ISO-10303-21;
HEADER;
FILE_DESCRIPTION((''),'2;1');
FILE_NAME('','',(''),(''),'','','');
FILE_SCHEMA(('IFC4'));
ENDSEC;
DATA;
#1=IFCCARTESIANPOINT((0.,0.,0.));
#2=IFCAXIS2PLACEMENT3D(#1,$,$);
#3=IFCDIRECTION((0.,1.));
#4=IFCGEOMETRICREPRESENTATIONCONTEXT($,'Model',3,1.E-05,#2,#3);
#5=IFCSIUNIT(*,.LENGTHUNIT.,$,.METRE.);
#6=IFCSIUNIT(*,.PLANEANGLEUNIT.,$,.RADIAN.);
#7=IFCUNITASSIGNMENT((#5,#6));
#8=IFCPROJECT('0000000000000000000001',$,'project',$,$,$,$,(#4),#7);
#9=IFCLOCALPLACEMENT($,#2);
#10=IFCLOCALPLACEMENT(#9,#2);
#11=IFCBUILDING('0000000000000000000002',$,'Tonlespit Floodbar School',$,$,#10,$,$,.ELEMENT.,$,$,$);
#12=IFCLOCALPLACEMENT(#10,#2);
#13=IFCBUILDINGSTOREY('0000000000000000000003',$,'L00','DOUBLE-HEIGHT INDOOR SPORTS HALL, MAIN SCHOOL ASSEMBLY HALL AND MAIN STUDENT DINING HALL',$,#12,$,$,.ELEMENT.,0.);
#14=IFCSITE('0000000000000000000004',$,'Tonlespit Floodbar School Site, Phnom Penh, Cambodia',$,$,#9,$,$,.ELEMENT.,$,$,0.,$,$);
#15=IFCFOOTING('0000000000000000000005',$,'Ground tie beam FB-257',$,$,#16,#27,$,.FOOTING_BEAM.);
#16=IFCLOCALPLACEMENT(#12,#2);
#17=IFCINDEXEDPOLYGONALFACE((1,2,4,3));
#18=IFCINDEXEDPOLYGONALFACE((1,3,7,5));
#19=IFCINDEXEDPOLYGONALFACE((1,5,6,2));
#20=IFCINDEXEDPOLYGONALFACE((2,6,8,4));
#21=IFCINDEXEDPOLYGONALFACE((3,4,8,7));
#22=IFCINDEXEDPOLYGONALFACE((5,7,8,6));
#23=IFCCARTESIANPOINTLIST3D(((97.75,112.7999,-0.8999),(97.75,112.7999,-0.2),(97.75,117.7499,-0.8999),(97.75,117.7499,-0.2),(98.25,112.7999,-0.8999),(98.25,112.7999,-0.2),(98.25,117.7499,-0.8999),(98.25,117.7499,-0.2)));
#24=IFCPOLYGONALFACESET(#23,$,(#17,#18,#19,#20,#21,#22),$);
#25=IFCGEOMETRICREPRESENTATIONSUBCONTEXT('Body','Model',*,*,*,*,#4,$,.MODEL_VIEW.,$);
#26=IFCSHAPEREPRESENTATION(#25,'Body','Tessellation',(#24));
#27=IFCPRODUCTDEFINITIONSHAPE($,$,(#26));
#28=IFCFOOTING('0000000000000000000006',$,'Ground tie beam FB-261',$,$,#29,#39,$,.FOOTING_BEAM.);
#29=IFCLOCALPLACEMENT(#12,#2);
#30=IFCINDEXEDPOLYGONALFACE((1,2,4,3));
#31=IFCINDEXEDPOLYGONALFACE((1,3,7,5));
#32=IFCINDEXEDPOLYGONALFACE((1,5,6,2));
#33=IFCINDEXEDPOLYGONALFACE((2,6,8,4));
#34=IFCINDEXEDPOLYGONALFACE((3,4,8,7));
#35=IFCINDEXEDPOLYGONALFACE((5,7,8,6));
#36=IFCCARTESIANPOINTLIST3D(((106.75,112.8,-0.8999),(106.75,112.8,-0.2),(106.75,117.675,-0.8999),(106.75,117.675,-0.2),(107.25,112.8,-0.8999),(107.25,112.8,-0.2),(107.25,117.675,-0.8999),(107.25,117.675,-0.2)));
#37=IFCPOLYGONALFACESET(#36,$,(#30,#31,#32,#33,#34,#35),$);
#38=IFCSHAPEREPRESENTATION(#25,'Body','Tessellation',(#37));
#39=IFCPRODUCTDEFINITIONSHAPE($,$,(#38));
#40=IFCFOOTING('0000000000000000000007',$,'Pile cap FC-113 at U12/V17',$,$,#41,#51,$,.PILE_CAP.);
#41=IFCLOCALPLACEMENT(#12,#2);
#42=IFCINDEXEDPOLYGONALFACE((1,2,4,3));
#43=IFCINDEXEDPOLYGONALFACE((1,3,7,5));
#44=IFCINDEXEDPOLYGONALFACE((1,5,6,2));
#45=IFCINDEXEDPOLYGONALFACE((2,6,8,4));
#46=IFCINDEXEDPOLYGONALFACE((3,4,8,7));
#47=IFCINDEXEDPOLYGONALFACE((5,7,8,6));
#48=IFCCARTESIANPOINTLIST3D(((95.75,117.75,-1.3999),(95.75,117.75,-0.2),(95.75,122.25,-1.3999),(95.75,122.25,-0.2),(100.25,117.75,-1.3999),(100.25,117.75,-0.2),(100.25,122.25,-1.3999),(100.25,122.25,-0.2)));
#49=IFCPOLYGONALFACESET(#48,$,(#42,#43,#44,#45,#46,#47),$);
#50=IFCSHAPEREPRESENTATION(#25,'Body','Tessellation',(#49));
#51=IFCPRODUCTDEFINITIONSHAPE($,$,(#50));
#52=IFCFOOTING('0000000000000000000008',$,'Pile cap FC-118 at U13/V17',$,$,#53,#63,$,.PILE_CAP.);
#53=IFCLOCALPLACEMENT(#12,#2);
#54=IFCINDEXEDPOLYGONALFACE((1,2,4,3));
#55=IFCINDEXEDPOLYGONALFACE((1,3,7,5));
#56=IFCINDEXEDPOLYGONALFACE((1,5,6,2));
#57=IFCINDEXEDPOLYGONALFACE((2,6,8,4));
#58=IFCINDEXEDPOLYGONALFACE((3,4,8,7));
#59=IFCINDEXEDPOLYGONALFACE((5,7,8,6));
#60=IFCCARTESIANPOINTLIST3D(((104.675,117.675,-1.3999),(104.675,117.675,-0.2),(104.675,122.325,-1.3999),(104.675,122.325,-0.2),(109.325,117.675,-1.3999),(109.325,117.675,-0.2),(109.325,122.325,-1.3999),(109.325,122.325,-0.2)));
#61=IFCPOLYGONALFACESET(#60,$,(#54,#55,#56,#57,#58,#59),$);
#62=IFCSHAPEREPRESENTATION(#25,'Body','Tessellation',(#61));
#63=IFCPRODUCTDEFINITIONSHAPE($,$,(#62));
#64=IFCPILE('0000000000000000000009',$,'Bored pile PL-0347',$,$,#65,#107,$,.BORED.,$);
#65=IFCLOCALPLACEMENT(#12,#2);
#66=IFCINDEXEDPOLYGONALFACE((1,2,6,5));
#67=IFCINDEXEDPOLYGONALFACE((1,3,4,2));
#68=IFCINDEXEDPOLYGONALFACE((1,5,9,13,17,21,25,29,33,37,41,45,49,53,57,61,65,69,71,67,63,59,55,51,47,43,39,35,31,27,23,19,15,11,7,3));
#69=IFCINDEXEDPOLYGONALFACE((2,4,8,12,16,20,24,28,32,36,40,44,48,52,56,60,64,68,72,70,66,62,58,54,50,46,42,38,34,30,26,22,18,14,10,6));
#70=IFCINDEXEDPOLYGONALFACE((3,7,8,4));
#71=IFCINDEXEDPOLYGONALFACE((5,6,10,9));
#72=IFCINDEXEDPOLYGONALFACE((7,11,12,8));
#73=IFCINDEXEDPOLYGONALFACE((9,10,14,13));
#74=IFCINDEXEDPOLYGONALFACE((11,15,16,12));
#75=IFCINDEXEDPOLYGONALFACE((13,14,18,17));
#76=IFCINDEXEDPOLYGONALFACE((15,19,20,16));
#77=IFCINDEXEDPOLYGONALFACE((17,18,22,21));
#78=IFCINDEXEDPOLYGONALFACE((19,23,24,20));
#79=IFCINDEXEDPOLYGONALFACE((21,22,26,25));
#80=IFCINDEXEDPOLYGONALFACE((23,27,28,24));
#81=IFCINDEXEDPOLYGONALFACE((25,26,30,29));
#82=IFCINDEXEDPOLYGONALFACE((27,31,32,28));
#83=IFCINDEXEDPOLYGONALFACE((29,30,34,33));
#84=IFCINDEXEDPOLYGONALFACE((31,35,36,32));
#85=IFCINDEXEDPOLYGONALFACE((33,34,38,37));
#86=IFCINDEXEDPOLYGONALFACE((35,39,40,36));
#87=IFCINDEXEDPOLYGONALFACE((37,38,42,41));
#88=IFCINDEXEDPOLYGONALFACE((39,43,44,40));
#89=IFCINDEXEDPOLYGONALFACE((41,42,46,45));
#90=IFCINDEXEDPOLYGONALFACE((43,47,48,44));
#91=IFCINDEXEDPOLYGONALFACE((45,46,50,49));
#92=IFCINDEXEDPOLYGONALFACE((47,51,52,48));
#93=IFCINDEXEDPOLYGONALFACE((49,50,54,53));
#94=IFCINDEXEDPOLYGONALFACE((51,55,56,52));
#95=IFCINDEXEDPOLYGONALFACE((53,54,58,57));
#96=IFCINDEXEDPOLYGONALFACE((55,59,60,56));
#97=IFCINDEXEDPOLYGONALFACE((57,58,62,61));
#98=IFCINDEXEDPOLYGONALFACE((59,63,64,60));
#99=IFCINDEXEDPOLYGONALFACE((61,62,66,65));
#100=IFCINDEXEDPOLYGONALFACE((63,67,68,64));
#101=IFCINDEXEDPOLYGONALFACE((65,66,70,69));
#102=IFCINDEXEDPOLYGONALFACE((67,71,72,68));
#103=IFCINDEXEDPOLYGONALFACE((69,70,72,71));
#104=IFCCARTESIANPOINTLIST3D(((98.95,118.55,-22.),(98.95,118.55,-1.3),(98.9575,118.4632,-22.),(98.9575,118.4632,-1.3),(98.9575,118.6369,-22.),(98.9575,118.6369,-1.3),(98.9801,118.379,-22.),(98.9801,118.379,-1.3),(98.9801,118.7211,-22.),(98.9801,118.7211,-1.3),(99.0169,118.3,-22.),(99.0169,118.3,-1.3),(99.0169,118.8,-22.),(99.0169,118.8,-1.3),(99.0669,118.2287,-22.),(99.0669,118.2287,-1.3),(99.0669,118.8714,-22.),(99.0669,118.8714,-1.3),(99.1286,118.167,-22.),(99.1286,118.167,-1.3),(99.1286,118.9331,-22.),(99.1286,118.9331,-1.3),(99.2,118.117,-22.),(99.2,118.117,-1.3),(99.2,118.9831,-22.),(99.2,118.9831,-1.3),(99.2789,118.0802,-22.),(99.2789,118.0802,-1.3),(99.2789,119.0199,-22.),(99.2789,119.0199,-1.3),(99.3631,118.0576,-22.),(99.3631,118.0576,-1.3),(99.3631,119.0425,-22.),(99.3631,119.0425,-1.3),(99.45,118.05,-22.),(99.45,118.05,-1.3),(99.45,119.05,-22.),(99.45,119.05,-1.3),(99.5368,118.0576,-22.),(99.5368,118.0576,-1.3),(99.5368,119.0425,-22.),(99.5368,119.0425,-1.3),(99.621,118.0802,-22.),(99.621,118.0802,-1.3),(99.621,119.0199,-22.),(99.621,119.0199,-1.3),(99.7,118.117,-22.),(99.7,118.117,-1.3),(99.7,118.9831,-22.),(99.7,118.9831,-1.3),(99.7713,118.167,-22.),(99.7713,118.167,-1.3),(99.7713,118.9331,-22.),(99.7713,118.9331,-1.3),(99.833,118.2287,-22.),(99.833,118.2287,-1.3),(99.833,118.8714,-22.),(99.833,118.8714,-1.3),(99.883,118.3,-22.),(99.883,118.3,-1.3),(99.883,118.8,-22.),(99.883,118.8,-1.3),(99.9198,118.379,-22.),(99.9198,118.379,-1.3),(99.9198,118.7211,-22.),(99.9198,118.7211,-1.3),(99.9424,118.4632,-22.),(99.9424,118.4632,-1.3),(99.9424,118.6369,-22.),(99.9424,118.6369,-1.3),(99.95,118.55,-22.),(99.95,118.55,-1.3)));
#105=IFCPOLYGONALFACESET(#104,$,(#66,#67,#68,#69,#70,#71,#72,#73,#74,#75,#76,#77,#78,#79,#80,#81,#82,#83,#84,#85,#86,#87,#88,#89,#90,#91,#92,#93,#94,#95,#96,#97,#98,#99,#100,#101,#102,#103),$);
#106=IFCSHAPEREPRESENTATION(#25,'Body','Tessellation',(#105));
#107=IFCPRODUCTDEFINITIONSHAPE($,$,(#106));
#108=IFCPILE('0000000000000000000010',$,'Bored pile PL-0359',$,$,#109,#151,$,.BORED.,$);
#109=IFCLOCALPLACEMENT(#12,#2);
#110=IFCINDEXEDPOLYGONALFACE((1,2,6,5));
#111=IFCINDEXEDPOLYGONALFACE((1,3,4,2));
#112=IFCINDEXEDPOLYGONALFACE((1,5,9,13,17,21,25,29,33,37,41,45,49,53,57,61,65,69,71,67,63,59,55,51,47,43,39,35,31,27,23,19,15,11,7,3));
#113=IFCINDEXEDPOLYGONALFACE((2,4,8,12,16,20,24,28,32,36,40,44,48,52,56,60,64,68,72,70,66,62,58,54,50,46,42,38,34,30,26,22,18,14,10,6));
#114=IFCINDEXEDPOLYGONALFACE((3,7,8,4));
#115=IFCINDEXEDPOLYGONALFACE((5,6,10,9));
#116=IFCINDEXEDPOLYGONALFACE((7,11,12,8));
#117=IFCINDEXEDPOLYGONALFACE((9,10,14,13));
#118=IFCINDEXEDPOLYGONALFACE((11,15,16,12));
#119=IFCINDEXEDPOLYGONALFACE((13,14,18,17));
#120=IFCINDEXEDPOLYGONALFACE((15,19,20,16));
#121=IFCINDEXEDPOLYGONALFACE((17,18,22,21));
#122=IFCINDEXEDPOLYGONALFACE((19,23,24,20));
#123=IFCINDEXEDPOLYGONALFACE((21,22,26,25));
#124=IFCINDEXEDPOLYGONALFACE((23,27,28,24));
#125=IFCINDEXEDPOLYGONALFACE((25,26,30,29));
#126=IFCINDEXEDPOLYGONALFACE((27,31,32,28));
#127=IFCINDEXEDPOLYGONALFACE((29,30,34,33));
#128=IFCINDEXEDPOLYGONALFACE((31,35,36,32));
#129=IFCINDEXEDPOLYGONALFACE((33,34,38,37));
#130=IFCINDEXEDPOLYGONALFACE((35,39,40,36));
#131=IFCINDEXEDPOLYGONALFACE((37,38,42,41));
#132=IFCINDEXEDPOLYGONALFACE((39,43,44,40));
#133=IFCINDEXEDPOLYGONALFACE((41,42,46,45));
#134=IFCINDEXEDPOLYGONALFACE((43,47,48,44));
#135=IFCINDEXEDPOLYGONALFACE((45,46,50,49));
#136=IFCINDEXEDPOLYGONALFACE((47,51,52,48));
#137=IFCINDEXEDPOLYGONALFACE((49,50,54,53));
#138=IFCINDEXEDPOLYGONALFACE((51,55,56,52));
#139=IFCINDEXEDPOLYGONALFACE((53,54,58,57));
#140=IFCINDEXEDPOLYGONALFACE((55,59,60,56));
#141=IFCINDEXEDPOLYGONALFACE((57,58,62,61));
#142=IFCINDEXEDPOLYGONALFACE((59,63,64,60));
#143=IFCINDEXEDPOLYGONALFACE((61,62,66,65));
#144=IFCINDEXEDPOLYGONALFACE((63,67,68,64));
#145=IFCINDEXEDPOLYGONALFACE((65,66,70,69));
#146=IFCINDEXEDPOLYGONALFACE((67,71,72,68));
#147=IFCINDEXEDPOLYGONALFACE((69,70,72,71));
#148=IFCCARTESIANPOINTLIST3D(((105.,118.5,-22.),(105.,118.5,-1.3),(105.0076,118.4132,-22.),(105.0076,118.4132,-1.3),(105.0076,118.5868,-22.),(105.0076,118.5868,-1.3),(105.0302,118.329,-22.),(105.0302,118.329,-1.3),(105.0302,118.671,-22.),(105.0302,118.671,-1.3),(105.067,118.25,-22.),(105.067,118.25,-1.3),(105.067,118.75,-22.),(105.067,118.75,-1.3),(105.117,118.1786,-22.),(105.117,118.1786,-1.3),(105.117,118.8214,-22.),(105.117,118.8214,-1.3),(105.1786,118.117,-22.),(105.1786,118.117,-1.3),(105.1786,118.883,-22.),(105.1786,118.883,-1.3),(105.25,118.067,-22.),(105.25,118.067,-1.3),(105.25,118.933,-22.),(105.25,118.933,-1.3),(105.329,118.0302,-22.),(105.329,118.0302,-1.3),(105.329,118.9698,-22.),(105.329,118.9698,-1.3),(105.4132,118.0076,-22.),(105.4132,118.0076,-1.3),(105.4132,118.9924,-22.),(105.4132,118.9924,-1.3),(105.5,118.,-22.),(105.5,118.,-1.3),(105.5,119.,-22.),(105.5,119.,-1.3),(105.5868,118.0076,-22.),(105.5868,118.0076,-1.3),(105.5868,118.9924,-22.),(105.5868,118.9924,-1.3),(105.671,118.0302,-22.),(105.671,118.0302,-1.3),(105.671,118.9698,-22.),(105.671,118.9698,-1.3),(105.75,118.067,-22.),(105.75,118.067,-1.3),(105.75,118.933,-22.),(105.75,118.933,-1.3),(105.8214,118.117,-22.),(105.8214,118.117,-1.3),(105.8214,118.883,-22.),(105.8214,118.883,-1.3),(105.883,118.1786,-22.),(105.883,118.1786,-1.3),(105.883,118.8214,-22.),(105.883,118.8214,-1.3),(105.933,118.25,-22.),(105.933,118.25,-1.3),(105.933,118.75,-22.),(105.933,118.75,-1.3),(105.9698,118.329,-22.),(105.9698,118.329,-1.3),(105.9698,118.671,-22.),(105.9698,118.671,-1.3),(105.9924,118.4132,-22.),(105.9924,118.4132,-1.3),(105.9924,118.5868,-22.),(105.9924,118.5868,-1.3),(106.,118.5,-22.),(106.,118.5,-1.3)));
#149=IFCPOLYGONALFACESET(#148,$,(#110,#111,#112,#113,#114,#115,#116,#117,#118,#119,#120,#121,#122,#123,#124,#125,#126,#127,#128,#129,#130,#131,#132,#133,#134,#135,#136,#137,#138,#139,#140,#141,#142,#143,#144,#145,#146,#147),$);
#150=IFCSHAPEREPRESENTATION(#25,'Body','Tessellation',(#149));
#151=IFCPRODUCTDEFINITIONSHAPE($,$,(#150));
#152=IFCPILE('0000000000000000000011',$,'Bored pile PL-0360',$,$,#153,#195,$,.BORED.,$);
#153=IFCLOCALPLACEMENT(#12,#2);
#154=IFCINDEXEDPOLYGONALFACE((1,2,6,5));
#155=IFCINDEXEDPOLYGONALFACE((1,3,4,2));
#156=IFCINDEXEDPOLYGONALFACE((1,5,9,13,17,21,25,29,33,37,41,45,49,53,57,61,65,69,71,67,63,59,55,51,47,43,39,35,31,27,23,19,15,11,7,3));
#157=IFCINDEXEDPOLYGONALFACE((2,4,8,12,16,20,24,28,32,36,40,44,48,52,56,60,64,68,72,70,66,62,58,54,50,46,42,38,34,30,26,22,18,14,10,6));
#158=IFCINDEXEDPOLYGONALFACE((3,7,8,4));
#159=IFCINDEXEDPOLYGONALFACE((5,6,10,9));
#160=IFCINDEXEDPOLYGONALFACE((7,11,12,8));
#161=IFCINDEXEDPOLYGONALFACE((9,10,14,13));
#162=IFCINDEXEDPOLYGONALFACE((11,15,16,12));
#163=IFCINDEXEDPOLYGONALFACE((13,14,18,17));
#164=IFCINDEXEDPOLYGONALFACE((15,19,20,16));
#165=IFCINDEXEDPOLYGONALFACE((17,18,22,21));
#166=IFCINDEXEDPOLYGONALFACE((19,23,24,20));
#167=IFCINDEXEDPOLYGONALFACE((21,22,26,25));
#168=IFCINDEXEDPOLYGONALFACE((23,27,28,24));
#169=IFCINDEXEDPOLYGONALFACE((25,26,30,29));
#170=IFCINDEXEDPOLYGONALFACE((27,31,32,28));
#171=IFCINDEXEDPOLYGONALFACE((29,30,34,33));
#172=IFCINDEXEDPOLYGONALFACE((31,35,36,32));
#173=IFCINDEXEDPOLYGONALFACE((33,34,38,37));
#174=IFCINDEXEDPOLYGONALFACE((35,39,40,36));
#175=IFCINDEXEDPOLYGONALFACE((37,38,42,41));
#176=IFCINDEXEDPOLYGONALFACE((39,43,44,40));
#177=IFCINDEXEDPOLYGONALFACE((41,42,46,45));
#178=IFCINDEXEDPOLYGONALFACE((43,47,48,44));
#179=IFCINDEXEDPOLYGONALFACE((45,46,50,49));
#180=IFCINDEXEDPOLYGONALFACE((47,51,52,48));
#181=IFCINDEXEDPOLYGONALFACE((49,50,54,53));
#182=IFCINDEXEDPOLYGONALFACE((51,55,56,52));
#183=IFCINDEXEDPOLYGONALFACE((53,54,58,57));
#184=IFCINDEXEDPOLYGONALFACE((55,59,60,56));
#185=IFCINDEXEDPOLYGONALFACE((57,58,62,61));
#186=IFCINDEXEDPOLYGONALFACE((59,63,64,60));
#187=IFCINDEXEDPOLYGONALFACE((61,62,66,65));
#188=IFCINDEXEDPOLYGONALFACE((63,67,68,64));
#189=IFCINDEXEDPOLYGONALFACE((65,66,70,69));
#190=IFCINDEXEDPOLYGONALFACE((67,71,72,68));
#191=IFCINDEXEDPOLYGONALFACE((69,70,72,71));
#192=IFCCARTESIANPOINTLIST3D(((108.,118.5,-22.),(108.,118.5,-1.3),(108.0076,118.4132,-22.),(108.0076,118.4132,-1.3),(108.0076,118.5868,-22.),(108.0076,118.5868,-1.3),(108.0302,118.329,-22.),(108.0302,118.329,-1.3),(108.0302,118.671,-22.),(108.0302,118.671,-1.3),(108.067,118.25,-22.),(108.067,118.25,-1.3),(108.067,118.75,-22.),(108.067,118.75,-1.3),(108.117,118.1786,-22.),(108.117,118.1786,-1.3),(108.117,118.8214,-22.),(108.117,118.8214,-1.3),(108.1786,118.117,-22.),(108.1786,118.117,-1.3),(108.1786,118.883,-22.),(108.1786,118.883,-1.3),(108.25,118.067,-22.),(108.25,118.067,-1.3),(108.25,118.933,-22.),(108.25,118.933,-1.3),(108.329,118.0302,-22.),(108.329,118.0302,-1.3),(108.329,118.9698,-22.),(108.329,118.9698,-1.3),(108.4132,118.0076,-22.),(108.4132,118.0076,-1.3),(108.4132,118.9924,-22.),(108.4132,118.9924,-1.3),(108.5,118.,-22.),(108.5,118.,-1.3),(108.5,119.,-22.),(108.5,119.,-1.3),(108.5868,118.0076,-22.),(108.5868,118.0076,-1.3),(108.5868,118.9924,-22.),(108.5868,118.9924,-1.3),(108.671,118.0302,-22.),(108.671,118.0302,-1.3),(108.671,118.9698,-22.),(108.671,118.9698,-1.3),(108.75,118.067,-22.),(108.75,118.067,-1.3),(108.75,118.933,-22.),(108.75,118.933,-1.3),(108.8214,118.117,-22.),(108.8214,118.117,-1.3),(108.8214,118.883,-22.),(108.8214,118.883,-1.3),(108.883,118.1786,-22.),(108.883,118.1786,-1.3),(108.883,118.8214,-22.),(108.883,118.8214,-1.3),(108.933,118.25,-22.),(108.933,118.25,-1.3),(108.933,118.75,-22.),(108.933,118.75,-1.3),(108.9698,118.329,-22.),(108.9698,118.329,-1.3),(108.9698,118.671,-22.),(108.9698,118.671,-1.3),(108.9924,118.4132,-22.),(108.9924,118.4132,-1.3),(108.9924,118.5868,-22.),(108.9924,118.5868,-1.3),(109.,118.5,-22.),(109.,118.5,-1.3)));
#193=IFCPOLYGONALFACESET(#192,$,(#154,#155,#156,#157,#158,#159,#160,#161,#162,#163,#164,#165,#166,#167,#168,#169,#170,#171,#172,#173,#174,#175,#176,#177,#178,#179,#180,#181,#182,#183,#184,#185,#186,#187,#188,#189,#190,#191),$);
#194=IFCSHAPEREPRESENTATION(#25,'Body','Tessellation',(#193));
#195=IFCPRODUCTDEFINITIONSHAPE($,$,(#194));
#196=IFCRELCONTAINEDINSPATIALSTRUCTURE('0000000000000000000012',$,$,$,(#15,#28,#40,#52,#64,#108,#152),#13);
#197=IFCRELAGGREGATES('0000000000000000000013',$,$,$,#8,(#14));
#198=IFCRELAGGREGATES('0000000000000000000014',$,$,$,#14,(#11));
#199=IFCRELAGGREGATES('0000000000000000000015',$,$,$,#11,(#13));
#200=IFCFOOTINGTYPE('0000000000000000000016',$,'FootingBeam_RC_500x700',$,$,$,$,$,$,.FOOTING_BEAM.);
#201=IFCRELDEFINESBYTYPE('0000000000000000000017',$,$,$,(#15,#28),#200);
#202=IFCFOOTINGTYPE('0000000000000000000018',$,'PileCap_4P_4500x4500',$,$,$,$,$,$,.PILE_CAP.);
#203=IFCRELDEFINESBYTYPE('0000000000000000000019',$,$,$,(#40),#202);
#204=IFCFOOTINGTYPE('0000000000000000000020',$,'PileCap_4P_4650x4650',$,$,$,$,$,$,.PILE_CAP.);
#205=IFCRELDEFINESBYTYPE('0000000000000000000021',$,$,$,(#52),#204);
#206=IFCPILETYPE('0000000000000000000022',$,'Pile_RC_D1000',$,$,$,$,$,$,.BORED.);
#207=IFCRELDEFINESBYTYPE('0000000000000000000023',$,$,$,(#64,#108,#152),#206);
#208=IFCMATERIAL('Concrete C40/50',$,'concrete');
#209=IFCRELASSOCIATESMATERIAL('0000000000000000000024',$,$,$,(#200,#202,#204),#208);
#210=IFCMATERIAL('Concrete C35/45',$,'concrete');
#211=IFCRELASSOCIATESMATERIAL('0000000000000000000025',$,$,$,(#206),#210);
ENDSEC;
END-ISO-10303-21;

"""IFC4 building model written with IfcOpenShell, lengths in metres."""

from ifc_helpers import new_model, si_unit, direction, frame, origin, origin_2d, place, context, subcontext, project, spatial, rectangle, circle, extrude, material, material_profile, profile_set, type_object, element, save


model = new_model("IFC4")

# Units and contexts
model_context = context("Model", 3, precision=1e-05, world=origin(), true_north=direction((0.0, 1.0)))
body_context = subcontext(model_context, "Body", "Model", "MODEL_VIEW")
ifc_project = project(units=[si_unit("LENGTHUNIT", "METRE"), si_unit("PLANEANGLEUNIT", "RADIAN")], contexts=[model_context])

# Site, building, storey
site_placement = place(None, origin())
site = spatial("IfcSite", under=ifc_project, at=site_placement, Name="Tonlespit Floodbar School Site, Phnom Penh, Cambodia", CompositionType="ELEMENT", RefElevation=0.0)
building_placement = place(site_placement, origin())
building = spatial("IfcBuilding", under=site, at=building_placement, Name="Tonlespit Floodbar School", CompositionType="ELEMENT")
storey_placement = place(building_placement, origin())
storey = spatial("IfcBuildingStorey", under=building, at=storey_placement, Name="L00", Description="DOUBLE-HEIGHT INDOOR SPORTS HALL, MAIN SCHOOL ASSEMBLY HALL AND MAIN STUDENT DINING HALL", CompositionType="ELEMENT", Elevation=0.0)

# Footings
ifc_material_1 = material(Name="Concrete C40/50", Category="concrete")
footing_type_1 = type_object("IfcFootingType", Name="FootingBeam_RC_500x700", PredefinedType="FOOTING_BEAM", material=ifc_material_1)
footing_1_placement = place(storey_placement, frame((98.0, 115.2749, -0.8999), z_axis=(0.0, 0.0, 1.0), x_axis=(0.0, 1.0, 0.0)))
element("IfcFooting", 1, at=footing_1_placement, inside=storey, type_object=footing_type_1, Name="Ground tie beam FB-257", PredefinedType="FOOTING_BEAM", context=body_context, shape_type="SweptSolid", body=[
    extrude(rectangle(XDim=4.95, YDim=0.5, at=origin_2d()), origin(), (0.0, 0.0, 1.0), 0.7),
])
footing_2_placement = place(storey_placement, frame((107.0, 115.2375, -0.8999), z_axis=(0.0, 0.0, 1.0), x_axis=(0.0, 1.0, 0.0)))
element("IfcFooting", 2, at=footing_2_placement, inside=storey, type_object=footing_type_1, Name="Ground tie beam FB-261", PredefinedType="FOOTING_BEAM", context=body_context, shape_type="SweptSolid", body=[
    extrude(rectangle(XDim=4.875, YDim=0.5, at=origin_2d()), origin(), (0.0, 0.0, 1.0), 0.7),
])
footing_type_2 = type_object("IfcFootingType", Name="PileCap_4P_4500x4500", PredefinedType="PILE_CAP", material=ifc_material_1)
footing_3_placement = place(storey_placement, frame((98.0, 120.0, -1.3999), z_axis=(0.0, 0.0, 1.0), x_axis=(1.0, 0.0, 0.0)))
element("IfcFooting", 3, at=footing_3_placement, inside=storey, type_object=footing_type_2, Name="Pile cap FC-113 at U12/V17", PredefinedType="PILE_CAP", context=body_context, shape_type="SweptSolid", body=[
    extrude(rectangle(XDim=4.5, YDim=4.5, at=origin_2d()), origin(), (0.0, 0.0, 1.0), 1.2),
])
footing_type_3 = type_object("IfcFootingType", Name="PileCap_4P_4650x4650", PredefinedType="PILE_CAP", material=ifc_material_1)
footing_4_placement = place(storey_placement, frame((107.0, 120.0, -1.3999), z_axis=(0.0, 0.0, 1.0), x_axis=(1.0, 0.0, 0.0)))
element("IfcFooting", 4, at=footing_4_placement, inside=storey, type_object=footing_type_3, Name="Pile cap FC-118 at U13/V17", PredefinedType="PILE_CAP", context=body_context, shape_type="SweptSolid", body=[
    extrude(rectangle(XDim=4.6499, YDim=4.6499, at=origin_2d()), origin(), (0.0, 0.0, 1.0), 1.2),
])

# Piles
ifc_material_2 = material(Name="Concrete C35/45", Category="concrete")
ifc_material_profile_1 = material_profile(ifc_material_2, circle(Radius=0.5, at=origin_2d()), Name="BP D1000")
ifc_profile_set_1 = profile_set([ifc_material_profile_1], Name="Concrete C35/45")
pile_type = type_object("IfcPileType", Name="Pile_RC_D1000", PredefinedType="BORED", material=ifc_profile_set_1)
for number, where, z_axis, x_axis, name in (
    (5, (99.45, 118.55, -1.3), (0.0, 0.0, -1.0), (1.0, 0.0, 0.0), "Bored pile PL-0347"),
    (6, (105.5, 118.5, -1.3), (0.0, 0.0, -1.0), (1.0, 0.0, 0.0), "Bored pile PL-0359"),
    (7, (108.5, 118.5, -1.3), (0.0, 0.0, -1.0), (1.0, 0.0, 0.0), "Bored pile PL-0360"),
):
    element("IfcPile", number, at=place(storey_placement, frame(where, z_axis=z_axis, x_axis=x_axis)), inside=storey, type_object=pile_type, Name=name, PredefinedType="BORED", context=body_context, shape_type="SweptSolid", body=[
        extrude(circle(Radius=0.5, at=origin_2d()), origin(), (0.0, 0.0, 1.0), 20.7),
    ])

save(model, "model.ifc")
